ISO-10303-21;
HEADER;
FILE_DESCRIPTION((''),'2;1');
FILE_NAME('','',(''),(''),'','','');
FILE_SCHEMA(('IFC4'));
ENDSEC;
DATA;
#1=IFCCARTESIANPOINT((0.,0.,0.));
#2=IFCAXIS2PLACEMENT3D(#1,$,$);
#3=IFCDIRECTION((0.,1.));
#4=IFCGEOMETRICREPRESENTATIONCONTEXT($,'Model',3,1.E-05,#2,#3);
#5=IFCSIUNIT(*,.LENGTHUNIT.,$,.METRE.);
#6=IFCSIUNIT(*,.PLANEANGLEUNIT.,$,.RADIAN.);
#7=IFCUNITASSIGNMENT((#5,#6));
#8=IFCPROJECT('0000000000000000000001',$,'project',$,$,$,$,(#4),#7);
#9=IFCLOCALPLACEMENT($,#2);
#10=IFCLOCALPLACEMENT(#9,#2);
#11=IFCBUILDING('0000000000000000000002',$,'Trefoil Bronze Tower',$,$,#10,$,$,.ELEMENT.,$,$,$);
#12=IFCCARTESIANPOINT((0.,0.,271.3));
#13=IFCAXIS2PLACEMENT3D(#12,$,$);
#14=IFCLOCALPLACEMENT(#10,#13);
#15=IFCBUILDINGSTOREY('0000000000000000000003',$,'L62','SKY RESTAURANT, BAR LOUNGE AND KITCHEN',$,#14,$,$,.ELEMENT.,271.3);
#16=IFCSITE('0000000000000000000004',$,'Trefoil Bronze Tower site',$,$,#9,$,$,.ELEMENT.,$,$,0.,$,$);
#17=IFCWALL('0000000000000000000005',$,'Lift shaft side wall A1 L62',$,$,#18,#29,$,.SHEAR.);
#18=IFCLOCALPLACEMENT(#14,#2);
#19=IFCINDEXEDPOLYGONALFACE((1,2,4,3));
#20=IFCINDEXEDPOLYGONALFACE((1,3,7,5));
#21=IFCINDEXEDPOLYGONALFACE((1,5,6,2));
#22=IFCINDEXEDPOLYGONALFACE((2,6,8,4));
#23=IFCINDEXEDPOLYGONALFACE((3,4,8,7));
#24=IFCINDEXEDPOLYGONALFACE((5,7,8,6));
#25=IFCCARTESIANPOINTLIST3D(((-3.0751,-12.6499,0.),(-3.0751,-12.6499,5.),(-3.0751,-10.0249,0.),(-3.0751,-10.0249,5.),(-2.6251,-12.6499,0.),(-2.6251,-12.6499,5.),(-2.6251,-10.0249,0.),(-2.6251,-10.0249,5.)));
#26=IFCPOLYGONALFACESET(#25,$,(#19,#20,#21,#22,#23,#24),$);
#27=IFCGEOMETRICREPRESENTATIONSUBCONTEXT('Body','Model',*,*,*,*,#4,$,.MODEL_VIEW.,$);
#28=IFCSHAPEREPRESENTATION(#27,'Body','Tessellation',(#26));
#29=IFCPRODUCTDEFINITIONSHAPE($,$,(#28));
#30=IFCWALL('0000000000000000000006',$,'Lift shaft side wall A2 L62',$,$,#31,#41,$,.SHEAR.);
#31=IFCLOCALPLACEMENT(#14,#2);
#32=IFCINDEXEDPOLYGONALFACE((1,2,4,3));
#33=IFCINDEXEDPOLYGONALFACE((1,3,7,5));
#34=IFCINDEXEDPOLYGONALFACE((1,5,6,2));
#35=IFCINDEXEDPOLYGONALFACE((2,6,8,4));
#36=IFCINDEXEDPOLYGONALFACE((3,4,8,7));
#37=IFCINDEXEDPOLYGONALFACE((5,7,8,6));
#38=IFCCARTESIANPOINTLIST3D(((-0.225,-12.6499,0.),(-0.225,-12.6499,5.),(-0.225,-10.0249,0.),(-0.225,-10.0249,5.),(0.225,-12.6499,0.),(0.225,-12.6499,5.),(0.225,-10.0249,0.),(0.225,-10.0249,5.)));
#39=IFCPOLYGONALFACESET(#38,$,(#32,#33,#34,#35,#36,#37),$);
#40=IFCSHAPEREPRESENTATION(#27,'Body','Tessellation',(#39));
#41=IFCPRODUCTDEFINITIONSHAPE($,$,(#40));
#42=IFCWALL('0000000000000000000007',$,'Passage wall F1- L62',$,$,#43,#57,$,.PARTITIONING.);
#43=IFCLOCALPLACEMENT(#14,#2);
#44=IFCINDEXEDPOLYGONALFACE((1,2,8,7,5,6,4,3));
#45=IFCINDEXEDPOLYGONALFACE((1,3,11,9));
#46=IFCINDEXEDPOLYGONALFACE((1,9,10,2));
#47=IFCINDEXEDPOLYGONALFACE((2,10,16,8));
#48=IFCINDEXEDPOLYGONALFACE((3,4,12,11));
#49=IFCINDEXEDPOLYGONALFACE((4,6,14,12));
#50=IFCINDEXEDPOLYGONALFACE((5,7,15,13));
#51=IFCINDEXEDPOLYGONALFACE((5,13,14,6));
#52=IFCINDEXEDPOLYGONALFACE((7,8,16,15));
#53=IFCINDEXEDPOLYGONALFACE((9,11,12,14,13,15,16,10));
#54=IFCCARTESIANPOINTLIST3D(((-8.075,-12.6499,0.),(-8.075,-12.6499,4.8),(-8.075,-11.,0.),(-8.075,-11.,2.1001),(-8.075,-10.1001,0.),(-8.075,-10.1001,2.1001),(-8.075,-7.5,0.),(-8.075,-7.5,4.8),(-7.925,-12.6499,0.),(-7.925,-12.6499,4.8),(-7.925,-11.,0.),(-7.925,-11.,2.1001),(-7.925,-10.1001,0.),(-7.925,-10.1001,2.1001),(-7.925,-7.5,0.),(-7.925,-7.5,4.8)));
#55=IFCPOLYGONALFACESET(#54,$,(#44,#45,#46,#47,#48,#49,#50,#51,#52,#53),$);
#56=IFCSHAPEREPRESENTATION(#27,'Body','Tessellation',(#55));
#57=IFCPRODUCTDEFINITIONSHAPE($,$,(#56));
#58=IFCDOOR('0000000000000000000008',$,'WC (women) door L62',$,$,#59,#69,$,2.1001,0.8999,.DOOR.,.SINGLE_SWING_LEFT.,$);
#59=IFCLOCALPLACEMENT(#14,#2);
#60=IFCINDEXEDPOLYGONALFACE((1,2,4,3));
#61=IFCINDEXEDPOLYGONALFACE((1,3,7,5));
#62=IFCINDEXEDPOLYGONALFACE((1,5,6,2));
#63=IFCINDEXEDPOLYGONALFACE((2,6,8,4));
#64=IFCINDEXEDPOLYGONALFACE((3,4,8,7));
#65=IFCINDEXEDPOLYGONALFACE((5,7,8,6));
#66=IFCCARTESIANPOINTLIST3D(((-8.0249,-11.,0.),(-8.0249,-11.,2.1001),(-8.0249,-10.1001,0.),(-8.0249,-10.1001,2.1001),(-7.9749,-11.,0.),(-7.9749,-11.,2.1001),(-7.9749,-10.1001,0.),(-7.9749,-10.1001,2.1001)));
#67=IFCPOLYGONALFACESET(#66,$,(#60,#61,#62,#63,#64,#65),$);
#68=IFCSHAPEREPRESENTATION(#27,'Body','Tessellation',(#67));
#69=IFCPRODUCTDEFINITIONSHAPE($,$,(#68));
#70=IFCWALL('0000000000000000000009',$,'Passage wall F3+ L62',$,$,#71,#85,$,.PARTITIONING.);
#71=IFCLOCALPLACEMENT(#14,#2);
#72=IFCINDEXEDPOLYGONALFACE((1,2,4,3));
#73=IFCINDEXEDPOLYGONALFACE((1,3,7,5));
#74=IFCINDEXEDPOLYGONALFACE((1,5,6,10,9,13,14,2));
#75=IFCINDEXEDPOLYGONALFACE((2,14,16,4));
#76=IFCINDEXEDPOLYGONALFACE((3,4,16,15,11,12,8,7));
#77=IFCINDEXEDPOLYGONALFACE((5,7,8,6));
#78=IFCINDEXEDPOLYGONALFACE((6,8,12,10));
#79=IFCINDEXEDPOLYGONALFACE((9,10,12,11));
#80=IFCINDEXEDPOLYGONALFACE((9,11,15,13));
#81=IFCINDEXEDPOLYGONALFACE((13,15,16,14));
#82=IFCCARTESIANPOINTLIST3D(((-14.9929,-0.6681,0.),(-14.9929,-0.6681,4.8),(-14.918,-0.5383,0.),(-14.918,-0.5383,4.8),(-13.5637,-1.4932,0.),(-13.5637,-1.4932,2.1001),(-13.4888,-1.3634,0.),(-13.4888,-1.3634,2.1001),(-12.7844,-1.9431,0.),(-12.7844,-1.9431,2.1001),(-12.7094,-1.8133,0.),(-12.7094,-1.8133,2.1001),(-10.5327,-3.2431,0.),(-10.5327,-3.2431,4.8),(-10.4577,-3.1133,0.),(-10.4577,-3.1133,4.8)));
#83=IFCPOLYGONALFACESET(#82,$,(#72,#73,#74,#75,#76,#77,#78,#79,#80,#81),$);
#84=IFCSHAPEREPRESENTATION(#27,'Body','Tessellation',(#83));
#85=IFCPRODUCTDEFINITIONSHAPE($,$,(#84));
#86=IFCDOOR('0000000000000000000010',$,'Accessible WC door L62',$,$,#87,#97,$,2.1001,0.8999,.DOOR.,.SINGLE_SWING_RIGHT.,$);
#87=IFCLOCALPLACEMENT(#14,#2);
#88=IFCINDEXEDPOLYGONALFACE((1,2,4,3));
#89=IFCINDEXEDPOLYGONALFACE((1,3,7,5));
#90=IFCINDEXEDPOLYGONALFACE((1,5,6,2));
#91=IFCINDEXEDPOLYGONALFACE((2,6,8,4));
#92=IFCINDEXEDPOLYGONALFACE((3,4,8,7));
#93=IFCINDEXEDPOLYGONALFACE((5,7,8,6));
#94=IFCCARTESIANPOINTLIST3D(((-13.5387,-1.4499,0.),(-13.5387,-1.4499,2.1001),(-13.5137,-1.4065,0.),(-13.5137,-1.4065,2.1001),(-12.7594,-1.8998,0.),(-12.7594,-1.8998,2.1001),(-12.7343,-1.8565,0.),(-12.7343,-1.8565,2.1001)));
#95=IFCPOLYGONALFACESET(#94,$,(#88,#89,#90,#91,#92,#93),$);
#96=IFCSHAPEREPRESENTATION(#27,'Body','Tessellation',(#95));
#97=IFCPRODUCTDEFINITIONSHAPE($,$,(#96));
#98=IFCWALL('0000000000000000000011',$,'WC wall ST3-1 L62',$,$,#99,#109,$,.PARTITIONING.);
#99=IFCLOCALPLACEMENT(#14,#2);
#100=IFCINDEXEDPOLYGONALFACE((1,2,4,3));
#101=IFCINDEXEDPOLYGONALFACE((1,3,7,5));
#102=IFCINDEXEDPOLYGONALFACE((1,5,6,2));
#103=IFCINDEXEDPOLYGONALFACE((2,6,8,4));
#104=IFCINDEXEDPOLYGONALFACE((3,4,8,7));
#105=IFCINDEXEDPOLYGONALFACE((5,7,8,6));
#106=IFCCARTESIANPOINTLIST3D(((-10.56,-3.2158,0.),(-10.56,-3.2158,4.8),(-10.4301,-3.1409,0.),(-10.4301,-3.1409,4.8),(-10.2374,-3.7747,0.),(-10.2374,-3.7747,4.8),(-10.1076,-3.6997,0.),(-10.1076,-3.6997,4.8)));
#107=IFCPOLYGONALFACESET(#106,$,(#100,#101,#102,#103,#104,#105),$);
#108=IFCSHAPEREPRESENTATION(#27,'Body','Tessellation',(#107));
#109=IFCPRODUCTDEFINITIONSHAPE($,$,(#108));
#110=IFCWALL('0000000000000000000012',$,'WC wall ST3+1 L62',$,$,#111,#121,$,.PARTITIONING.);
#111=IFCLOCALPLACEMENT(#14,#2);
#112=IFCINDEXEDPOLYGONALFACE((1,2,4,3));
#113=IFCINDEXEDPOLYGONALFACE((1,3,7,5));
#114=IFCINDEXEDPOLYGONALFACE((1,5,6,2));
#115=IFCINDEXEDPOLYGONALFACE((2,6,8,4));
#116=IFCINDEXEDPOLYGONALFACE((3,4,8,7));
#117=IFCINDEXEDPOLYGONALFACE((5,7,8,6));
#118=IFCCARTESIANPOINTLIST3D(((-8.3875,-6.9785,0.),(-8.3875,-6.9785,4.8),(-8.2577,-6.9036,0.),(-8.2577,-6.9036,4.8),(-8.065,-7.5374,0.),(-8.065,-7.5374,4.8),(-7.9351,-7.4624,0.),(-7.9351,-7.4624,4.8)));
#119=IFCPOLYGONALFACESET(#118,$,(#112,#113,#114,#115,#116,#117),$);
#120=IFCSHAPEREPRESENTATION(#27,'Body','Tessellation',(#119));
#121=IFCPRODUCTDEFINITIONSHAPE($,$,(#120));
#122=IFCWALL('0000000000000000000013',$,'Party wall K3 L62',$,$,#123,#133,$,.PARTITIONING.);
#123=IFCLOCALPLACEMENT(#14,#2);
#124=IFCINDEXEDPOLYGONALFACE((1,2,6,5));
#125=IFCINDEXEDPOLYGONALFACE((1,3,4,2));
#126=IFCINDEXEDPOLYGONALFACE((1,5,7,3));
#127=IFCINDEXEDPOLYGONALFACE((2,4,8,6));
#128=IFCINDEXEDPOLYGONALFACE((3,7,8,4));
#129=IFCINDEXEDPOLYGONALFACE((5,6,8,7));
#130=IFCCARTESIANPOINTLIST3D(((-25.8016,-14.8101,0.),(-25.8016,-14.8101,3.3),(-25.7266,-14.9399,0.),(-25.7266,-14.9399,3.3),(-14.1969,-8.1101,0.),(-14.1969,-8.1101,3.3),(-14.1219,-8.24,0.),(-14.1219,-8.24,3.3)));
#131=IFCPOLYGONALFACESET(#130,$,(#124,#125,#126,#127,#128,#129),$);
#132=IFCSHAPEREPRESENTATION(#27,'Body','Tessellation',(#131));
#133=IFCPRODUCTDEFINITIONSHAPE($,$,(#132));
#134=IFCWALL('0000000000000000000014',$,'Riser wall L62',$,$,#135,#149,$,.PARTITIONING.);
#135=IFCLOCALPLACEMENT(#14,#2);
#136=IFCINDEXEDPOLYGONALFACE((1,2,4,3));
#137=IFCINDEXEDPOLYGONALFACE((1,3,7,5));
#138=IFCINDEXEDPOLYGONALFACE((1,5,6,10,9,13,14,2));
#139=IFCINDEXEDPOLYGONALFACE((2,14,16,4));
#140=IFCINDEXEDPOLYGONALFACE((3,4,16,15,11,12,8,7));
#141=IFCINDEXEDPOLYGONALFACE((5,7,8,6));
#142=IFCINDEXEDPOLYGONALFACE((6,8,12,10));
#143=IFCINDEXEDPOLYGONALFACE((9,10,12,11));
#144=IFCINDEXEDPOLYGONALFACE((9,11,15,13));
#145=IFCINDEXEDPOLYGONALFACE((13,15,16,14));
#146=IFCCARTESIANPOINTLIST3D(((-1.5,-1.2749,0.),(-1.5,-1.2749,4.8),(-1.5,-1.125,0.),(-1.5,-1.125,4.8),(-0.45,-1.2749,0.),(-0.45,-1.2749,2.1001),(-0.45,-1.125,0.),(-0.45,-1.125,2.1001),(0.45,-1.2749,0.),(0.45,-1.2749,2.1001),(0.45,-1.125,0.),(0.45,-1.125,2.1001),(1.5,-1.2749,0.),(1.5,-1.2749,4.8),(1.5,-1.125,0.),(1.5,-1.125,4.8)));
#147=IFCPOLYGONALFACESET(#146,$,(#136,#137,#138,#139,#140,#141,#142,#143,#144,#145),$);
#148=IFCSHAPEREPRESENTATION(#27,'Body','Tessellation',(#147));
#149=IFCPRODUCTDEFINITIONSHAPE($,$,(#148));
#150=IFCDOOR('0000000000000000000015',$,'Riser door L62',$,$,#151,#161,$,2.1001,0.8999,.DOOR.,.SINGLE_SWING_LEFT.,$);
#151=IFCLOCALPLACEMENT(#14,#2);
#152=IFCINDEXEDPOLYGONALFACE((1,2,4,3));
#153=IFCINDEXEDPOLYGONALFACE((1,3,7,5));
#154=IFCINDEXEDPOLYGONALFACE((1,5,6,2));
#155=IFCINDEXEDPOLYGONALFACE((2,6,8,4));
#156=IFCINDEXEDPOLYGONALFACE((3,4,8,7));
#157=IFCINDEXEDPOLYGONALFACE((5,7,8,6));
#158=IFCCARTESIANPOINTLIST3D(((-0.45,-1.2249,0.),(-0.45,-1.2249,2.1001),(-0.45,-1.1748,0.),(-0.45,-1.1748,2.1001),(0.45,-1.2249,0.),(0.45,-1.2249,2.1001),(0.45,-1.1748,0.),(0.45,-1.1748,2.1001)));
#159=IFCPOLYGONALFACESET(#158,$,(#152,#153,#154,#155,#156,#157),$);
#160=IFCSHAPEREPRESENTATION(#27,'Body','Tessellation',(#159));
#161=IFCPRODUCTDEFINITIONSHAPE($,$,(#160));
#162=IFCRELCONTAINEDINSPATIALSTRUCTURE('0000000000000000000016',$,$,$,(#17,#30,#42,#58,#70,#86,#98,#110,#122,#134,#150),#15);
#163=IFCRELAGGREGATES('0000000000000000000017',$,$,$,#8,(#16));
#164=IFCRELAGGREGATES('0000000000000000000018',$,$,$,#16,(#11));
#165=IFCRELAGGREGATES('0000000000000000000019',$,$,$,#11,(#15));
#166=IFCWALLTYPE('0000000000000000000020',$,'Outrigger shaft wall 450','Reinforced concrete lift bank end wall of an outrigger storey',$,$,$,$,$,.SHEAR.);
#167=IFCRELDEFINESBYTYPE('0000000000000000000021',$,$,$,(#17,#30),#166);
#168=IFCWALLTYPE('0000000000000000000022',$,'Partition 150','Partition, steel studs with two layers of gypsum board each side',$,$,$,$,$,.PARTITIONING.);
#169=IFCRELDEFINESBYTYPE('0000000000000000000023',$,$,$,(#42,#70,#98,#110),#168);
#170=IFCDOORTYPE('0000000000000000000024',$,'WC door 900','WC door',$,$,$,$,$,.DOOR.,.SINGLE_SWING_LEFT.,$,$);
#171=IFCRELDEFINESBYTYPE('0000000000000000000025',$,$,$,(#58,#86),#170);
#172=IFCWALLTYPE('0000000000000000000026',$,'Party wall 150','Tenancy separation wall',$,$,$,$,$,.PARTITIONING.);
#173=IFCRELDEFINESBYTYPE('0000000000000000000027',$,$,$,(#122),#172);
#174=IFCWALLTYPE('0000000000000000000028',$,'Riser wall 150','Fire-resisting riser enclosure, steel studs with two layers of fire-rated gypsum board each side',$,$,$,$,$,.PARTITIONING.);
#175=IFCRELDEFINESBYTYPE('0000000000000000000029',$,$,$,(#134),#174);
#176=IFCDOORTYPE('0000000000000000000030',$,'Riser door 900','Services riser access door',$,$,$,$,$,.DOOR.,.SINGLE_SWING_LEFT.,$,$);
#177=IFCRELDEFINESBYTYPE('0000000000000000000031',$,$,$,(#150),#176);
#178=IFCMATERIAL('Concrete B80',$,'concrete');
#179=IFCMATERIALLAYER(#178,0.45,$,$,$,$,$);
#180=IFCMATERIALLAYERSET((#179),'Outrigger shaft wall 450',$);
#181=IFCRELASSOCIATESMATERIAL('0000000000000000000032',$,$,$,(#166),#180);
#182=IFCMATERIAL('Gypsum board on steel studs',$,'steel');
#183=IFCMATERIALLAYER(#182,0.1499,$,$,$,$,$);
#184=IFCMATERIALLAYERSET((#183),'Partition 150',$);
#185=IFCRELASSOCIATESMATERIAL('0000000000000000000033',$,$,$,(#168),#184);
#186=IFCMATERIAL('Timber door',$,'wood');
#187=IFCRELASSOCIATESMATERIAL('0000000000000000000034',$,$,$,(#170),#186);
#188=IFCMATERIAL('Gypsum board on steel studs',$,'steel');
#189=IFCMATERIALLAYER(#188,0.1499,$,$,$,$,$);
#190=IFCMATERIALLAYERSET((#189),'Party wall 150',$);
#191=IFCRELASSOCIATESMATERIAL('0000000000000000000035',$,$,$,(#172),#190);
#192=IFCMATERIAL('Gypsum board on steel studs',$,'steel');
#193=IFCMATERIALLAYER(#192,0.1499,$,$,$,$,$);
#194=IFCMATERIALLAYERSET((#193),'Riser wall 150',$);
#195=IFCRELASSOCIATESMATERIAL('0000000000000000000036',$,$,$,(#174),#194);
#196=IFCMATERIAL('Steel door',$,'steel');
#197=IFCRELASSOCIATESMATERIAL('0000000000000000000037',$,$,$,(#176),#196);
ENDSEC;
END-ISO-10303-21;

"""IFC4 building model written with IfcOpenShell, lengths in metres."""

from ifc_helpers import new_model, si_unit, direction, frame, frame_2d, origin, place, context, subcontext, project, spatial, rectangle, extrude, material, layer, layer_set, type_object, element, fill, save


model = new_model("IFC4")

# Units and contexts
model_context = context("Model", 3, precision=1e-05, world=origin(), true_north=direction((0.0, 1.0)))
body_context = subcontext(model_context, "Body", "Model", "MODEL_VIEW")
ifc_project = project(units=[si_unit("LENGTHUNIT", "METRE"), si_unit("PLANEANGLEUNIT", "RADIAN")], contexts=[model_context])

# Site, building, storey
site_placement = place(None, origin())
site = spatial("IfcSite", under=ifc_project, at=site_placement, Name="Trefoil Bronze Tower site", CompositionType="ELEMENT", RefElevation=0.0)
building_placement = place(site_placement, origin())
building = spatial("IfcBuilding", under=site, at=building_placement, Name="Trefoil Bronze Tower", CompositionType="ELEMENT")
storey_placement = place(building_placement, frame((0.0, 0.0, 271.3)))
storey = spatial("IfcBuildingStorey", under=building, at=storey_placement, Name="L62", Description="SKY RESTAURANT, BAR LOUNGE AND KITCHEN", CompositionType="ELEMENT", Elevation=271.3)

# Walls
ifc_material_1 = material(Name="Concrete B80", Category="concrete")
ifc_layer_1 = layer(ifc_material_1, 0.45)
ifc_layer_set_1 = layer_set([ifc_layer_1], Name="Outrigger shaft wall 450")
wall_type_1 = type_object("IfcWallType", Name="Outrigger shaft wall 450", Description="Reinforced concrete lift bank end wall of an outrigger storey", PredefinedType="SHEAR", material=ifc_layer_set_1)
for number, where, z_axis, x_axis, name in (
    (1, (-2.8501, -10.0249, 0.0), (0.0, 0.0, 1.0), (0.0, -1.0, 0.0), "Lift shaft side wall A1 L62"),
    (2, (0.0, -10.0249, 0.0), (0.0, 0.0, 1.0), (0.0, -1.0, 0.0), "Lift shaft side wall A2 L62"),
):
    element("IfcWall", number, at=place(storey_placement, frame(where, z_axis=z_axis, x_axis=x_axis)), inside=storey, type_object=wall_type_1, Name=name, PredefinedType="SHEAR", context=body_context, shape_type="SweptSolid", body=[
        extrude(rectangle(XDim=2.625, YDim=0.45, at=frame_2d((1.3125, 0.0))), origin(), (0.0, 0.0, 1.0), 5.0),
    ])

# Walls, openings, doors
ifc_material_2 = material(Name="Gypsum board on steel studs", Category="steel")
ifc_layer_2 = layer(ifc_material_2, 0.1499)
ifc_layer_set_2 = layer_set([ifc_layer_2], Name="Partition 150")
wall_type_2 = type_object("IfcWallType", Name="Partition 150", Description="Partition, steel studs with two layers of gypsum board each side", PredefinedType="PARTITIONING", material=ifc_layer_set_2)
wall_1_placement = place(storey_placement, frame((-8.0, -7.5, 0.0), z_axis=(0.0, 0.0, 1.0), x_axis=(0.0, -1.0, 0.0)))
wall_1 = element("IfcWall", 3, at=wall_1_placement, inside=storey, type_object=wall_type_2, Name="Passage wall F1- L62", PredefinedType="PARTITIONING", context=body_context, shape_type="SweptSolid", body=[
    extrude(rectangle(XDim=5.1499, YDim=0.1499, at=frame_2d((2.575, 0.0))), origin(), (0.0, 0.0, 1.0), 4.8),
])
opening_1_placement = place(wall_1_placement, frame((2.6001, 0.0, 0.0)))
opening_1 = element("IfcOpeningElement", 4, at=opening_1_placement, cuts=wall_1, PredefinedType="OPENING", context=body_context, shape_type="SweptSolid", body=[
    extrude(rectangle(XDim=0.8999, YDim=2.1001, at=frame_2d((0.45, 1.05))), frame((0.0, 0.085, 0.0), z_axis=(0.0, -1.0, 0.0), x_axis=(1.0, 0.0, 0.0)), (0.0, 0.0, 1.0), 0.1699),
])
ifc_material_3 = material(Name="Timber door", Category="wood")
door_type_1 = type_object("IfcDoorType", Name="WC door 900", Description="WC door", OperationType="SINGLE_SWING_LEFT", PredefinedType="DOOR", material=ifc_material_3)
door_1_placement = place(opening_1_placement, frame((0.8999, 0.0, 0.0), z_axis=(0.0, 0.0, 1.0), x_axis=(-1.0, 0.0, 0.0)))
door_1 = element("IfcDoor", 5, at=door_1_placement, inside=storey, type_object=door_type_1, Name="WC (women) door L62", OperationType="SINGLE_SWING_LEFT", OverallHeight=2.1001, OverallWidth=0.8999, PredefinedType="DOOR", context=body_context, shape_type="SweptSolid", body=[
    extrude(rectangle(XDim=0.8999, YDim=2.1001, at=frame_2d((0.45, 1.05))), frame((0.0, 0.0249, 0.0), z_axis=(0.0, -1.0, 0.0), x_axis=(1.0, 0.0, 0.0)), (0.0, 0.0, 1.0), 0.05),
])
fill(opening_1, door_1)
wall_2_placement = place(storey_placement, frame((-10.4951, -3.1782, 0.0), z_axis=(0.0, 0.0, 1.0), x_axis=(-0.866038, 0.499978, 0.0)))
wall_2 = element("IfcWall", 6, at=wall_2_placement, inside=storey, type_object=wall_type_2, Name="Passage wall F3+ L62", PredefinedType="PARTITIONING", context=body_context, shape_type="SweptSolid", body=[
    extrude(rectangle(XDim=5.1501, YDim=0.1499, at=frame_2d((2.5752, 0.0))), origin(), (0.0, 0.0, 1.0), 4.8),
])
opening_2_placement = place(wall_2_placement, frame((2.6001, 0.0, 0.0)))
opening_2 = element("IfcOpeningElement", 7, at=opening_2_placement, cuts=wall_2, PredefinedType="OPENING", context=body_context, shape_type="SweptSolid", body=[
    extrude(rectangle(XDim=0.8999, YDim=2.1001, at=frame_2d((0.45, 1.05))), frame((0.0, 0.085, 0.0), z_axis=(0.0, -1.0, 0.0), x_axis=(1.0, 0.0, 0.0)), (0.0, 0.0, 1.0), 0.1699),
])
door_2_placement = place(opening_2_placement, origin())
door_2 = element("IfcDoor", 8, at=door_2_placement, inside=storey, type_object=door_type_1, Name="Accessible WC door L62", OperationType="SINGLE_SWING_RIGHT", OverallHeight=2.1001, OverallWidth=0.8999, PredefinedType="DOOR", context=body_context, shape_type="SweptSolid", body=[
    extrude(rectangle(XDim=0.8999, YDim=2.1001, at=frame_2d((0.45, 1.05))), frame((0.0, 0.0249, 0.0), z_axis=(0.0, -1.0, 0.0), x_axis=(1.0, 0.0, 0.0)), (0.0, 0.0, 1.0), 0.05),
])
fill(opening_2, door_2)

# Walls
for number, where, z_axis, x_axis, name in (
    (9, (-10.4951, -3.1782, 0.0), (0.0, 0.0, 1.0), (0.499843, -0.866116, 0.0), "WC wall ST3-1 L62"),
    (10, (-8.0, -7.5, 0.0), (0.0, 0.0, 1.0), (-0.499843, 0.866116, 0.0), "WC wall ST3+1 L62"),
):
    element("IfcWall", number, at=place(storey_placement, frame(where, z_axis=z_axis, x_axis=x_axis)), inside=storey, type_object=wall_type_2, Name=name, PredefinedType="PARTITIONING", context=body_context, shape_type="SweptSolid", body=[
        extrude(rectangle(XDim=0.6453, YDim=0.1499, at=frame_2d((0.3228, 0.0))), origin(), (0.0, 0.0, 1.0), 4.8),
    ])
ifc_material_4 = material(Name="Gypsum board on steel studs", Category="steel")
ifc_layer_3 = layer(ifc_material_4, 0.1499)
ifc_layer_set_3 = layer_set([ifc_layer_3], Name="Party wall 150")
wall_type_3 = type_object("IfcWallType", Name="Party wall 150", Description="Tenancy separation wall", PredefinedType="PARTITIONING", material=ifc_layer_set_3)
wall_3_placement = place(storey_placement, frame((-14.1594, -8.175, 0.0), z_axis=(0.0, 0.0, 1.0), x_axis=(-0.866027, -0.499997, 0.0)))
element("IfcWall", 11, at=wall_3_placement, inside=storey, type_object=wall_type_3, Name="Party wall K3 L62", PredefinedType="PARTITIONING", context=body_context, shape_type="SweptSolid", body=[
    extrude(rectangle(XDim=13.3999, YDim=0.1499, at=frame_2d((6.7, 0.0))), origin(), (0.0, 0.0, 1.0), 3.3),
])

# Wall, opening, door
ifc_material_5 = material(Name="Gypsum board on steel studs", Category="steel")
ifc_layer_4 = layer(ifc_material_5, 0.1499)
ifc_layer_set_4 = layer_set([ifc_layer_4], Name="Riser wall 150")
wall_type_4 = type_object("IfcWallType", Name="Riser wall 150", Description="Fire-resisting riser enclosure, steel studs with two layers of fire-rated gypsum board each side", PredefinedType="PARTITIONING", material=ifc_layer_set_4)
wall_4_placement = place(storey_placement, frame((-1.5, -1.2, 0.0), z_axis=(0.0, 0.0, 1.0), x_axis=(1.0, 0.0, 0.0)))
wall_4 = element("IfcWall", 12, at=wall_4_placement, inside=storey, type_object=wall_type_4, Name="Riser wall L62", PredefinedType="PARTITIONING", context=body_context, shape_type="SweptSolid", body=[
    extrude(rectangle(XDim=3.0, YDim=0.1499, at=frame_2d((1.5, 0.0))), origin(), (0.0, 0.0, 1.0), 4.8),
])
opening_3_placement = place(wall_4_placement, frame((1.05, 0.0, 0.0)))
opening_3 = element("IfcOpeningElement", 13, at=opening_3_placement, cuts=wall_4, PredefinedType="OPENING", context=body_context, shape_type="SweptSolid", body=[
    extrude(rectangle(XDim=0.8999, YDim=2.1001, at=frame_2d((0.45, 1.05))), frame((0.0, 0.085, 0.0), z_axis=(0.0, -1.0, 0.0), x_axis=(1.0, 0.0, 0.0)), (0.0, 0.0, 1.0), 0.1699),
])
ifc_material_6 = material(Name="Steel door", Category="steel")
door_type_2 = type_object("IfcDoorType", Name="Riser door 900", Description="Services riser access door", OperationType="SINGLE_SWING_LEFT", PredefinedType="DOOR", material=ifc_material_6)
door_3_placement = place(opening_3_placement, frame((0.8999, 0.0, 0.0), z_axis=(0.0, 0.0, 1.0), x_axis=(-1.0, 0.0, 0.0)))
door_3 = element("IfcDoor", 14, at=door_3_placement, inside=storey, type_object=door_type_2, Name="Riser door L62", OperationType="SINGLE_SWING_LEFT", OverallHeight=2.1001, OverallWidth=0.8999, PredefinedType="DOOR", context=body_context, shape_type="SweptSolid", body=[
    extrude(rectangle(XDim=0.8999, YDim=2.1001, at=frame_2d((0.45, 1.05))), frame((0.0, 0.0249, 0.0), z_axis=(0.0, -1.0, 0.0), x_axis=(1.0, 0.0, 0.0)), (0.0, 0.0, 1.0), 0.05),
])
fill(opening_3, door_3)

save(model, "model.ifc")
